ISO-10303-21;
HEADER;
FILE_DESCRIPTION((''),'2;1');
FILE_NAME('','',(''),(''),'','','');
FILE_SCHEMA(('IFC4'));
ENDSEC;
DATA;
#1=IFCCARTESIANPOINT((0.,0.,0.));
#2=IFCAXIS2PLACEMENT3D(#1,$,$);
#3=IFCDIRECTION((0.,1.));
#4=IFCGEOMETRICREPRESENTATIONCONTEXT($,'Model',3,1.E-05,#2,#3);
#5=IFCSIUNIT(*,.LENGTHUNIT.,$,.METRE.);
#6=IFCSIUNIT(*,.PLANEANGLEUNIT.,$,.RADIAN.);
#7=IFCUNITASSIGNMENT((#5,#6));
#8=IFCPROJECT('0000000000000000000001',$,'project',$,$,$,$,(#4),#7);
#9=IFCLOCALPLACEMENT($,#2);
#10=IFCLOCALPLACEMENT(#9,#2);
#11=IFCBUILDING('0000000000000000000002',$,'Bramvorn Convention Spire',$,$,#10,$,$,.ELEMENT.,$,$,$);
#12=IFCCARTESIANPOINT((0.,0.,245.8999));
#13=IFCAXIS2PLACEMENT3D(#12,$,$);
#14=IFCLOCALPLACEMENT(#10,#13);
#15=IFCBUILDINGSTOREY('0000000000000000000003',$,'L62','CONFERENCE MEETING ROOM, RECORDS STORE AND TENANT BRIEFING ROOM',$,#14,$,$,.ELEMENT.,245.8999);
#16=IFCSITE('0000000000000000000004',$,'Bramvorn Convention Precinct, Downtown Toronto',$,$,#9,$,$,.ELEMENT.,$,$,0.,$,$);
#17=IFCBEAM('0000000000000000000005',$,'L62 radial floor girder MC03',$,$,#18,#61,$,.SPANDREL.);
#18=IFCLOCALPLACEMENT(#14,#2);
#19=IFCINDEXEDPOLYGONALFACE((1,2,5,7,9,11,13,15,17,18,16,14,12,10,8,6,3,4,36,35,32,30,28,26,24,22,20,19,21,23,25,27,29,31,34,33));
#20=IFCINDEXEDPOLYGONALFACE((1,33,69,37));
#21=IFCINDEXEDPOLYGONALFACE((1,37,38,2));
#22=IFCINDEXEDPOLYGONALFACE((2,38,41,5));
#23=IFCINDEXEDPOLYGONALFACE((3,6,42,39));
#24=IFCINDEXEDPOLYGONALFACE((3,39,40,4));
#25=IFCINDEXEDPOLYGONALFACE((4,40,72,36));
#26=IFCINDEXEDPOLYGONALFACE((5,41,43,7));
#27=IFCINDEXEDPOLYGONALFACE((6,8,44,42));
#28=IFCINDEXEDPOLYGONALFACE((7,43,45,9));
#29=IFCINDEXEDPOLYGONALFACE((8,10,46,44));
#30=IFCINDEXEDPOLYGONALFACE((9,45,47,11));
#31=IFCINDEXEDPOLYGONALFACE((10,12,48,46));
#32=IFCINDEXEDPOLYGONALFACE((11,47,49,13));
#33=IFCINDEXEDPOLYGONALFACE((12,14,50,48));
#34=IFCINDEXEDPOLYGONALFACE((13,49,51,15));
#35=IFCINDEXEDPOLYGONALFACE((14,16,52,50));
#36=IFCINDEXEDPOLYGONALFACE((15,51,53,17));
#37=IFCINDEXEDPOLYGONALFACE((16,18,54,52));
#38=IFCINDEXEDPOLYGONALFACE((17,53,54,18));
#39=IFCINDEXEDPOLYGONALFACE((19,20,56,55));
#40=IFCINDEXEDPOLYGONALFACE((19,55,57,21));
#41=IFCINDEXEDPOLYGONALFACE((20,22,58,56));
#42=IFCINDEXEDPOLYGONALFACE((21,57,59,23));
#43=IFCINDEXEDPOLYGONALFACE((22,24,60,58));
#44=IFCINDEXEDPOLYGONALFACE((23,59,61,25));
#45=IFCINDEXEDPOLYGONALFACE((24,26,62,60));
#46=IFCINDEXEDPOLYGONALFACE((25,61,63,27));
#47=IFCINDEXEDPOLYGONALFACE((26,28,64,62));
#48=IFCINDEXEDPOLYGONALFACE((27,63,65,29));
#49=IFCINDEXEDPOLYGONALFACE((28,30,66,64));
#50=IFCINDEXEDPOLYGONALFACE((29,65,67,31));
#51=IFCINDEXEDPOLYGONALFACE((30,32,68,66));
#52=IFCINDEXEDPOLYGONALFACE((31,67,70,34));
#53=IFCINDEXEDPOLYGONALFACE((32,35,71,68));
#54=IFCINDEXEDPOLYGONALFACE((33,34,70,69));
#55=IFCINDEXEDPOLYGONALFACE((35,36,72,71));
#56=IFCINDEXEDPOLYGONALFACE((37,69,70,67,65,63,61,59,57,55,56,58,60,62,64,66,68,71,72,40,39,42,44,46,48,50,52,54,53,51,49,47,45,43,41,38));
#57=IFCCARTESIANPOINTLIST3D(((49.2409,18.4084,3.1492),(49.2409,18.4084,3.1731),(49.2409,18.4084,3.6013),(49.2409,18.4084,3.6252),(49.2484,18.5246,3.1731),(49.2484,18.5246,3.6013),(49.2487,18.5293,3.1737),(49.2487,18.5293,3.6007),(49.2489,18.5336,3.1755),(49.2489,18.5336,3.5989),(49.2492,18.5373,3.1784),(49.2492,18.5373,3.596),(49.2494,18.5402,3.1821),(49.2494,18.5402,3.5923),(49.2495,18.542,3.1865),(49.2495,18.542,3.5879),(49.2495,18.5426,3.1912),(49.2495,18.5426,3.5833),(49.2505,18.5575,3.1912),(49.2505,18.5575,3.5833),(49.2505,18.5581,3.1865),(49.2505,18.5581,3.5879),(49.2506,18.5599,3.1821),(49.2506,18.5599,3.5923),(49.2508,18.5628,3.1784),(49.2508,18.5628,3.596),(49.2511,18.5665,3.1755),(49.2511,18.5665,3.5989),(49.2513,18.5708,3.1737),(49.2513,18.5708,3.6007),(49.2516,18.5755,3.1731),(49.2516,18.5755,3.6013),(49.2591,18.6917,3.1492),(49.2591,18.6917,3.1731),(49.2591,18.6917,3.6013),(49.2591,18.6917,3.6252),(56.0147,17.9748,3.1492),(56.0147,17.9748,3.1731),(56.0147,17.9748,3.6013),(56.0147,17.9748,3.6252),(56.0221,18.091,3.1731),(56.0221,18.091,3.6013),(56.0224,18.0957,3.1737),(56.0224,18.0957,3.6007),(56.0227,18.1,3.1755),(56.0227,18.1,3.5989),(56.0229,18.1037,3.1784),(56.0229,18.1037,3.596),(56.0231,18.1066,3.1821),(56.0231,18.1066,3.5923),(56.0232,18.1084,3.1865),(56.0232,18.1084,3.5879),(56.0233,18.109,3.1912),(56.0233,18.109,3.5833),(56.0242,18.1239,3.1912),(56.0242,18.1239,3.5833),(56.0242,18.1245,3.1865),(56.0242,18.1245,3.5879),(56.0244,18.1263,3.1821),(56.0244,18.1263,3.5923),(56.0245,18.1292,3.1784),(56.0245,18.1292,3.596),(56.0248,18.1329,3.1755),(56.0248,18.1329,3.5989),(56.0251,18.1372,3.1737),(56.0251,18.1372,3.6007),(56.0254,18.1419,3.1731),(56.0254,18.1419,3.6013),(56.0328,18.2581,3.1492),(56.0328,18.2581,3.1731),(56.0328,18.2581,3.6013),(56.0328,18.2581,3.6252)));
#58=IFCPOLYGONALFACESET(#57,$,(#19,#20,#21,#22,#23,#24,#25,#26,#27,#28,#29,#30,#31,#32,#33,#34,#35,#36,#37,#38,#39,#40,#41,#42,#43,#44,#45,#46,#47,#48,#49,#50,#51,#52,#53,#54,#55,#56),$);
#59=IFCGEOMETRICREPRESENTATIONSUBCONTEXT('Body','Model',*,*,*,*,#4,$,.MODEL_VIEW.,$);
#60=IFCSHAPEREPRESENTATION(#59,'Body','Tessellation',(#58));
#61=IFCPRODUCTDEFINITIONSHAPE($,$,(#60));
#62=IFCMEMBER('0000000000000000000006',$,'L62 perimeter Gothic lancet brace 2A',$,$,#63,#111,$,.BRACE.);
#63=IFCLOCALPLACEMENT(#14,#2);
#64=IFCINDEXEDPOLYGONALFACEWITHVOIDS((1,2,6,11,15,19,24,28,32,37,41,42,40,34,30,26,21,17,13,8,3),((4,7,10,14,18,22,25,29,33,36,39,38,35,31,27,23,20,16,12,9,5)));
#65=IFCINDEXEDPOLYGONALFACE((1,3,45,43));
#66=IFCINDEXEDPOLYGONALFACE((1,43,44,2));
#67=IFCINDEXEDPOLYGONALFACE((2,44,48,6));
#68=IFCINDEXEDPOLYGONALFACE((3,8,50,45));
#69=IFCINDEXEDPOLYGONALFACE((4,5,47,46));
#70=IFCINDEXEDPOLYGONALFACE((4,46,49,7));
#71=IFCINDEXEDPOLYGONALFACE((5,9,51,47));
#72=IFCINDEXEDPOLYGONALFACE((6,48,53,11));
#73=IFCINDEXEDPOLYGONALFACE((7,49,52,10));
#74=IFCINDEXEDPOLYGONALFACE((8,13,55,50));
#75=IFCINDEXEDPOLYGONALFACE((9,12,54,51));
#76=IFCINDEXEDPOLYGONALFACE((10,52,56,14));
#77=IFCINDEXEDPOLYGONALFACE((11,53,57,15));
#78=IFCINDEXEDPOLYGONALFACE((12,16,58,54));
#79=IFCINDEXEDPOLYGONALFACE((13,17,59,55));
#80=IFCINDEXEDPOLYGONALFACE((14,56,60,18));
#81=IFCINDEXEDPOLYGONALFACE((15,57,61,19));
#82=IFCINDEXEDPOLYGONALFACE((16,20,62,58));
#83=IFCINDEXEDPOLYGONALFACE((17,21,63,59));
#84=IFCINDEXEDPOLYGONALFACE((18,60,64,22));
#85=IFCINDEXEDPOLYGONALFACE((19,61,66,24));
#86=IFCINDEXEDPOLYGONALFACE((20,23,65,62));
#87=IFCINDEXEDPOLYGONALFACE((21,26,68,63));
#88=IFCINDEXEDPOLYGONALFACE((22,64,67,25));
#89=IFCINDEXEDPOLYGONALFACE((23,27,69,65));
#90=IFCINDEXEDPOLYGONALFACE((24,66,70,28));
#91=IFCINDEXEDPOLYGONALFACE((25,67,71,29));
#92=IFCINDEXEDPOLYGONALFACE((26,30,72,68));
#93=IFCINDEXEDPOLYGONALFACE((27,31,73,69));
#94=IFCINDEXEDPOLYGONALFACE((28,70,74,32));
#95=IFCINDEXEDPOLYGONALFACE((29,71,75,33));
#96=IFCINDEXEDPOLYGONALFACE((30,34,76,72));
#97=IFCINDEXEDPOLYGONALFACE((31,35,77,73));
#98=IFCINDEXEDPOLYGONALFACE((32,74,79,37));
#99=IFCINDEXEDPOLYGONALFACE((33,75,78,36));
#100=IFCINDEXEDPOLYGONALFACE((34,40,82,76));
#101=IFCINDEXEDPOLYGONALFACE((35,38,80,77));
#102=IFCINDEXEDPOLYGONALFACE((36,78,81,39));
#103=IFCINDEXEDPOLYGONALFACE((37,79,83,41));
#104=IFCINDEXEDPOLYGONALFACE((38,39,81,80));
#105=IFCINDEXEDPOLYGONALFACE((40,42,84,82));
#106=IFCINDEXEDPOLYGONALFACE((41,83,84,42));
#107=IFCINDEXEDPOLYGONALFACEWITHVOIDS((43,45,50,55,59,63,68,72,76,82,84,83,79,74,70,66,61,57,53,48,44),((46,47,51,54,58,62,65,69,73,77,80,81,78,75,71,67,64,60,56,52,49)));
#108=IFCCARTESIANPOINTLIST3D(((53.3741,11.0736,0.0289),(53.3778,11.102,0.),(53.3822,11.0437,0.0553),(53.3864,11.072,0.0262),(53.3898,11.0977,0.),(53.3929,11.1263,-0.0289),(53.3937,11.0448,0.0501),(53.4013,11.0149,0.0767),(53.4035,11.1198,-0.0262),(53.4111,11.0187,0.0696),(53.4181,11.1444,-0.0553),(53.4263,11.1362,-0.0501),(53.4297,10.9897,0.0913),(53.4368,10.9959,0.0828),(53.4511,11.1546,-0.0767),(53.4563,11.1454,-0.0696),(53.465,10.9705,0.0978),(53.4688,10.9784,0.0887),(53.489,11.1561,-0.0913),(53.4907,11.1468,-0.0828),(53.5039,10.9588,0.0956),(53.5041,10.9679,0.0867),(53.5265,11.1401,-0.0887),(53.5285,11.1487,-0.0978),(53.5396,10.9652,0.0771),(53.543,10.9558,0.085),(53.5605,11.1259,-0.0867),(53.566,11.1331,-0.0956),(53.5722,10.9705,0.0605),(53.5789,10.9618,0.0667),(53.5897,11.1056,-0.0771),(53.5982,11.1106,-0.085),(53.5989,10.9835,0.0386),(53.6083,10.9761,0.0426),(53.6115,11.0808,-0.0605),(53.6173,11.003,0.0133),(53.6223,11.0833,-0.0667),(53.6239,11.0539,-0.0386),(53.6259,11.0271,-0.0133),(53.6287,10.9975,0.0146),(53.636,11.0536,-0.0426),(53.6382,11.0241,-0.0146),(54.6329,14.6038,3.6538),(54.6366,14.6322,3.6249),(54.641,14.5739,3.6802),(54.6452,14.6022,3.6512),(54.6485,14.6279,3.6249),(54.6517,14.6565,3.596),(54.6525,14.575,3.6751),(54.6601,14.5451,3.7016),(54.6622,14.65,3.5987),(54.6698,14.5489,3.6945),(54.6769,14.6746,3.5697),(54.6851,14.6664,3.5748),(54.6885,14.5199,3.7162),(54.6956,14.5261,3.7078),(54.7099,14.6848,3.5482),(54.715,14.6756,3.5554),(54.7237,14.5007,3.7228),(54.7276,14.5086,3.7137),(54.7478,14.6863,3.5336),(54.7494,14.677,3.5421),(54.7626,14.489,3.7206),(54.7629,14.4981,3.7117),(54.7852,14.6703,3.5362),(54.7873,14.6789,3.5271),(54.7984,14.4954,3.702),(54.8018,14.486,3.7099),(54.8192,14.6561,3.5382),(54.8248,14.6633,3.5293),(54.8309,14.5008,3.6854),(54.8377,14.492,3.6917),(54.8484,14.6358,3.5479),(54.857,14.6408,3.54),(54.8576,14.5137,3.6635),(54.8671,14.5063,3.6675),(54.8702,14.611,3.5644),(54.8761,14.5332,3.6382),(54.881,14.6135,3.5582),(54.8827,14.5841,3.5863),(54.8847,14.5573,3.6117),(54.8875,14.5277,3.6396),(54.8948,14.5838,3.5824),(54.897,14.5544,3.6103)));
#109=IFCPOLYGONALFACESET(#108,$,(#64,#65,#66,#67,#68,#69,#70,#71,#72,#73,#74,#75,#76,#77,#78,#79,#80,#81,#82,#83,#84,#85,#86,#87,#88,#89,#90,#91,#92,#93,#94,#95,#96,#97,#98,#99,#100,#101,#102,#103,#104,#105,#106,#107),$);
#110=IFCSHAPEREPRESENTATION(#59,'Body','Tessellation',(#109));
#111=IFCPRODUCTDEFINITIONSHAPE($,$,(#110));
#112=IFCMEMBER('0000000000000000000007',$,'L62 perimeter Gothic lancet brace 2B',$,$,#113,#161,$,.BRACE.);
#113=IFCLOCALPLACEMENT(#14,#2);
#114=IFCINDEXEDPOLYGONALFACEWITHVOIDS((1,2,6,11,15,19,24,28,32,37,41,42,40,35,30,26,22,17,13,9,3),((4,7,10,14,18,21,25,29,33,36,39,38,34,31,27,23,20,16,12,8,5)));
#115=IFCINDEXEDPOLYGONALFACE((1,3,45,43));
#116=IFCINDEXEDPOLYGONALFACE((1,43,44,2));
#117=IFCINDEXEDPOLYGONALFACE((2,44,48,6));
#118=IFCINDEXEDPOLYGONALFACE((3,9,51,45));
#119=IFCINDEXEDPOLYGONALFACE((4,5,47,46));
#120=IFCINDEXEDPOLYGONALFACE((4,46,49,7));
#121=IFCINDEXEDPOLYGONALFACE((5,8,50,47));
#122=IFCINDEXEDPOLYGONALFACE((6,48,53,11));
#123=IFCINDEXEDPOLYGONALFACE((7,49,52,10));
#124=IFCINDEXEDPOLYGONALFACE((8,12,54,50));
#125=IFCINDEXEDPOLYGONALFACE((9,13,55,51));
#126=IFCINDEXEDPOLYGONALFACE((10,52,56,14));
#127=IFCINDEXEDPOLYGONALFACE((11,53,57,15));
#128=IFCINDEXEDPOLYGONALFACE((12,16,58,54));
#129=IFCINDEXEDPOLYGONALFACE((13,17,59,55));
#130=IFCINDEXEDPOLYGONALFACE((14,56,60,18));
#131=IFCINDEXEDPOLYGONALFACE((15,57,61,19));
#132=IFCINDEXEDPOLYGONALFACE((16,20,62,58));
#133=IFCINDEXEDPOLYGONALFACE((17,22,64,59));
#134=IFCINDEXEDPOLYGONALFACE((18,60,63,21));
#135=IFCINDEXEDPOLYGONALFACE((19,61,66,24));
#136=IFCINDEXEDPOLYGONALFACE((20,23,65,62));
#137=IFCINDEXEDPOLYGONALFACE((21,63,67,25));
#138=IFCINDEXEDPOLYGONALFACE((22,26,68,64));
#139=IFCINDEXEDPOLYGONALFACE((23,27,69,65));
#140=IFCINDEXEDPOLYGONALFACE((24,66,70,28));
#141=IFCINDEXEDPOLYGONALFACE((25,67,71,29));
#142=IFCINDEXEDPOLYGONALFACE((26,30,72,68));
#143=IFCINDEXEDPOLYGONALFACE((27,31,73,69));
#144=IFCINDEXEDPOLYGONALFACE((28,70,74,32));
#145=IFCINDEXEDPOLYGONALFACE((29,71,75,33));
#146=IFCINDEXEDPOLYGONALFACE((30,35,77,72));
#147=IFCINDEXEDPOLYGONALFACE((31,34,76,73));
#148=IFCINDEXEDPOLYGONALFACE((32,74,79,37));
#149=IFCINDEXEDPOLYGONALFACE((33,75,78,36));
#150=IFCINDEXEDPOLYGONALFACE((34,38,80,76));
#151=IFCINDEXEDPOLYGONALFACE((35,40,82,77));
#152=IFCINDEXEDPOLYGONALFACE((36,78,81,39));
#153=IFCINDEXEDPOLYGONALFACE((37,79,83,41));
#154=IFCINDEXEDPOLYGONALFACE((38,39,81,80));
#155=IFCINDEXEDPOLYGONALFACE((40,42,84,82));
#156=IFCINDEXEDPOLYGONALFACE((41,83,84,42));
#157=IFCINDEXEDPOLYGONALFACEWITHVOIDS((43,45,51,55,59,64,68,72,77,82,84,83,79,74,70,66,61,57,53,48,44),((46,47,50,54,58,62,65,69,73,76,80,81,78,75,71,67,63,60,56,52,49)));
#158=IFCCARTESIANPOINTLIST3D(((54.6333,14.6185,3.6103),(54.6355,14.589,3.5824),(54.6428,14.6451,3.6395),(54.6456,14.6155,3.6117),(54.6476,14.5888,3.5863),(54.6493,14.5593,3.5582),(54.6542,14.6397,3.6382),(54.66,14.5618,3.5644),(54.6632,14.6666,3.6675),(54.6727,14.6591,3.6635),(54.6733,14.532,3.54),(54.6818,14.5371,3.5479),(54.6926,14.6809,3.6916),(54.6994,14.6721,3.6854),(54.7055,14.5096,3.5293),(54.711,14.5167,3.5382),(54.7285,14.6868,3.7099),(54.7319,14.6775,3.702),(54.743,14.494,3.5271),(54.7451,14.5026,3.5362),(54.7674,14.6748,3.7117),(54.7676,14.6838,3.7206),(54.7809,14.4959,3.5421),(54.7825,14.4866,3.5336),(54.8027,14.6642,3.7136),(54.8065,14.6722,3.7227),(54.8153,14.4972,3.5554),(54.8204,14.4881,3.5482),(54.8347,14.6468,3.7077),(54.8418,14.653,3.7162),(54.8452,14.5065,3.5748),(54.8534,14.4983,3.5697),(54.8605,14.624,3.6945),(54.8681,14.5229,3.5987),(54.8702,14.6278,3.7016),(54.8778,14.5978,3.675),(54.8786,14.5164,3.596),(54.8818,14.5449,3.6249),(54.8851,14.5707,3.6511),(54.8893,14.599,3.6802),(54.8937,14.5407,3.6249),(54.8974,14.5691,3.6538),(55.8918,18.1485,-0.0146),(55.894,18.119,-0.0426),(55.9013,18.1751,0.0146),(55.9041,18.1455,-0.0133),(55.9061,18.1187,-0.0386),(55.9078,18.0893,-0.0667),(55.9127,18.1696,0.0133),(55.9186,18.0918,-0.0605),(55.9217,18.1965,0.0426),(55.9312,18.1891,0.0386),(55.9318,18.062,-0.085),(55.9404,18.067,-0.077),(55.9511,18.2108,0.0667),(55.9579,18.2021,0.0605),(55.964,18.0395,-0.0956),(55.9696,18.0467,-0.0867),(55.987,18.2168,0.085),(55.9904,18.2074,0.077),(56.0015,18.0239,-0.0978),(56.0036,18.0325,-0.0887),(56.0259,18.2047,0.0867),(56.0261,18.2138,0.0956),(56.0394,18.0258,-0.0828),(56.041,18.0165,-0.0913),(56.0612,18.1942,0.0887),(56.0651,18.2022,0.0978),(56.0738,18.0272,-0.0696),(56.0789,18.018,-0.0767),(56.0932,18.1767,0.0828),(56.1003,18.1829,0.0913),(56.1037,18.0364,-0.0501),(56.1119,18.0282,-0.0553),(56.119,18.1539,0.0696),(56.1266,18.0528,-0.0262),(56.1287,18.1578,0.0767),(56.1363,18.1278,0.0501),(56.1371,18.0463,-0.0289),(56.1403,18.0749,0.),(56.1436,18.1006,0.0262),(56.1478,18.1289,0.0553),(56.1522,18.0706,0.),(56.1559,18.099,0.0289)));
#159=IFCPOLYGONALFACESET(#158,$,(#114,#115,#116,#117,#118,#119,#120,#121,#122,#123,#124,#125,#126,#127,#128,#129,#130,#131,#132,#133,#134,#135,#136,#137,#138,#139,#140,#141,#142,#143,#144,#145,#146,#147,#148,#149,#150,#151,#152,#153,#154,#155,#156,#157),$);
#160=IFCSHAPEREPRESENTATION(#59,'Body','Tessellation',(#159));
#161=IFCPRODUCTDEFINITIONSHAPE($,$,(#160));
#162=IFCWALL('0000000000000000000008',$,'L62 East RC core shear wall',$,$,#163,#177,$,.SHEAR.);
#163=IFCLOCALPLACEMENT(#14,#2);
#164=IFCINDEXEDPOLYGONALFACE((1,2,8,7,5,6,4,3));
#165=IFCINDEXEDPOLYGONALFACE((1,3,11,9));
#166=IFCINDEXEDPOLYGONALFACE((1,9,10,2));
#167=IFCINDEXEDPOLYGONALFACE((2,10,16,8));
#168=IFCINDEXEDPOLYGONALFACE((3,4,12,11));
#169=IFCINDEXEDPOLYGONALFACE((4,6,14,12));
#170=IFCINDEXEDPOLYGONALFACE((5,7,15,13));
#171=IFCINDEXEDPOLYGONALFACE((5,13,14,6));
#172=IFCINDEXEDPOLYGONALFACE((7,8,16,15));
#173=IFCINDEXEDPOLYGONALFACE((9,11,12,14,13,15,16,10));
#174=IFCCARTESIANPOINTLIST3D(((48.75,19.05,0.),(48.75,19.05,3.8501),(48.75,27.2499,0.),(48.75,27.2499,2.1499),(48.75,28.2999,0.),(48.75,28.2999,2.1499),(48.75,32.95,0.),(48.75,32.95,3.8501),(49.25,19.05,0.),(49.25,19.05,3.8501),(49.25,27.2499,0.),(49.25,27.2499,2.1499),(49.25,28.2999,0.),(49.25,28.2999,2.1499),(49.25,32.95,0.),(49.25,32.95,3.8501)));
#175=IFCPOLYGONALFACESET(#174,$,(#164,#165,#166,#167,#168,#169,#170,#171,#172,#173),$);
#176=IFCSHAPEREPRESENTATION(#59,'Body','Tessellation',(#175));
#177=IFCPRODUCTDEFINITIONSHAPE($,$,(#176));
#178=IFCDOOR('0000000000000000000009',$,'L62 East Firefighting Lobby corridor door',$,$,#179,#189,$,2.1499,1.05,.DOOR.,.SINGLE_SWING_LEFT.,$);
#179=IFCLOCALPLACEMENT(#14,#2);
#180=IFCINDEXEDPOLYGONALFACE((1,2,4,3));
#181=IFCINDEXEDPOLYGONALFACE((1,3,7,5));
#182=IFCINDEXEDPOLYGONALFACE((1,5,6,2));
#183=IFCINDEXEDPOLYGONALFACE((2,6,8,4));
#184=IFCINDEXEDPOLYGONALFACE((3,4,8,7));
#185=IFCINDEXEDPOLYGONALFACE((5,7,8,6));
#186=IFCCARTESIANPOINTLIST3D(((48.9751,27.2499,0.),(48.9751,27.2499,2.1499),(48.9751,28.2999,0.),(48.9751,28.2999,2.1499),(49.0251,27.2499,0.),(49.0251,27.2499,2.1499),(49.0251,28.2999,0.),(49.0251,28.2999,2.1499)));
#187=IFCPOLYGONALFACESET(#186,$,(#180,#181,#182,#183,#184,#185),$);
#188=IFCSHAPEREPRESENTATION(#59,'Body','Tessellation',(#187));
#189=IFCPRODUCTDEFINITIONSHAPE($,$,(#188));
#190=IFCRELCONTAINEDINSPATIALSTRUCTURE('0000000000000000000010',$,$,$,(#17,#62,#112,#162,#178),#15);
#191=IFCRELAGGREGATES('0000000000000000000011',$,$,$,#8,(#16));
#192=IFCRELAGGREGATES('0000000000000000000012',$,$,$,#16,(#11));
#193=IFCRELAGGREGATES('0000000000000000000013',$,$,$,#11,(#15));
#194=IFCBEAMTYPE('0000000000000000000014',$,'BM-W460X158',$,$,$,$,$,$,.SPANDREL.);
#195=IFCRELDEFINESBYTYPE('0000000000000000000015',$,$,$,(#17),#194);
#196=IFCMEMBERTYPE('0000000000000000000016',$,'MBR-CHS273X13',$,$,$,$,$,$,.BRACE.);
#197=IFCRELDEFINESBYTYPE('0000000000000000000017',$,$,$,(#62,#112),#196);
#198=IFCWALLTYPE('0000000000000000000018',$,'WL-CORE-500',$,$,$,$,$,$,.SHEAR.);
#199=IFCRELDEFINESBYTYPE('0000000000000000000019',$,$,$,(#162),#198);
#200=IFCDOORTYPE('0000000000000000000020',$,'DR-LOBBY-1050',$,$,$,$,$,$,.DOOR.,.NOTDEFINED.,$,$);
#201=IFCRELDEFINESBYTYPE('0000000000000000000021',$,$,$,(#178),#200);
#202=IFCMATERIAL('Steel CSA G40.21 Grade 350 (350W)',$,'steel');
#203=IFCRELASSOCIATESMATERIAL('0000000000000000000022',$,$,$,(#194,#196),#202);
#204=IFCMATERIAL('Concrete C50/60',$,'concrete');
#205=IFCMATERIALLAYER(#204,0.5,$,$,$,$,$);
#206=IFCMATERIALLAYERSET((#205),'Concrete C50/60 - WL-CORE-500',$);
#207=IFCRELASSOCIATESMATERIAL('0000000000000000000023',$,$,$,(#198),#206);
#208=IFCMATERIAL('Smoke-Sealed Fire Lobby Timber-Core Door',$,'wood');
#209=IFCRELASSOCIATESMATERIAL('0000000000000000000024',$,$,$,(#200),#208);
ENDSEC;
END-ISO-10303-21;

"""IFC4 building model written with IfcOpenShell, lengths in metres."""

from ifc_helpers import new_model, si_unit, direction, frame, frame_2d, origin, origin_2d, place, context, subcontext, project, spatial, rectangle, hollow_circle, i_section, extrude, material, layer, layer_set, material_profile, profile_set, type_object, element, fill, save


model = new_model("IFC4")

# Units and contexts
model_context = context("Model", 3, precision=1e-05, world=origin(), true_north=direction((0.0, 1.0)))
body_context = subcontext(model_context, "Body", "Model", "MODEL_VIEW")
ifc_project = project(units=[si_unit("LENGTHUNIT", "METRE"), si_unit("PLANEANGLEUNIT", "RADIAN")], contexts=[model_context])

# Site, building, storey
site_placement = place(None, origin())
site = spatial("IfcSite", under=ifc_project, at=site_placement, Name="Bramvorn Convention Precinct, Downtown Toronto", CompositionType="ELEMENT", RefElevation=0.0)
building_placement = place(site_placement, origin())
building = spatial("IfcBuilding", under=site, at=building_placement, Name="Bramvorn Convention Spire", CompositionType="ELEMENT")
storey_placement = place(building_placement, frame((0.0, 0.0, 245.8999)))
storey = spatial("IfcBuildingStorey", under=building, at=storey_placement, Name="L62", Description="CONFERENCE MEETING ROOM, RECORDS STORE AND TENANT BRIEFING ROOM", CompositionType="ELEMENT", Elevation=245.8999)

# Shared definitions
ifc_material_1 = material(Name="Steel CSA G40.21 Grade 350 (350W)", Category="steel")

# Beam
ifc_material_profile_1 = material_profile(ifc_material_1, i_section(OverallWidth=0.2839, OverallDepth=0.4761, WebThickness=0.0149, FlangeThickness=0.0239, FilletRadius=0.0181, at=origin_2d()))
ifc_profile_set_1 = profile_set([ifc_material_profile_1], Name="Steel CSA G40.21 Grade 350 (350W) - W460X158")
beam_type_1 = type_object("IfcBeamType", Name="BM-W460X158", PredefinedType="SPANDREL", material=ifc_profile_set_1)
beam_1_placement = place(storey_placement, frame((49.25, 18.55, 3.3872), z_axis=(0.997958, -0.063881, 0.0), x_axis=(0.063881, 0.997958, 0.0)))
element("IfcBeam", 1, at=beam_1_placement, inside=storey, type_object=beam_type_1, Name="L62 radial floor girder MC03", PredefinedType="SPANDREL", context=body_context, shape_type="SweptSolid", body=[
    extrude(i_section(OverallWidth=0.2839, OverallDepth=0.4761, WebThickness=0.0149, FlangeThickness=0.0239, FilletRadius=0.0181, at=origin_2d()), origin(), (0.0, 0.0, 1.0), 6.7876),
])

# Members
ifc_material_profile_2 = material_profile(ifc_material_1, hollow_circle(Radius=0.1365, WallThickness=0.0127, at=origin_2d()))
ifc_profile_set_2 = profile_set([ifc_material_profile_2], Name="Steel CSA G40.21 Grade 350 (350W) - CHS273X13")
member_type = type_object("IfcMemberType", Name="MBR-CHS273X13", PredefinedType="BRACE", material=ifc_profile_set_2)
member_1_placement = place(storey_placement, frame((53.5063, 11.0562, 0.0), z_axis=(0.241415, 0.677048, 0.695215), x_axis=(-0.941913, 0.335858, 0.0)))
element("IfcMember", 2, at=member_1_placement, inside=storey, type_object=member_type, Name="L62 perimeter Gothic lancet brace 2A", PredefinedType="BRACE", context=body_context, shape_type="SweptSolid", body=[
    extrude(hollow_circle(Radius=0.1365, WallThickness=0.0127, at=origin_2d()), origin(), (0.0, 0.0, 1.0), 5.2141),
])
member_2_placement = place(storey_placement, frame((56.0237, 18.1165, 0.0), z_axis=(-0.241379, -0.677031, 0.695245), x_axis=(0.941926, -0.33582, 0.0)))
element("IfcMember", 3, at=member_2_placement, inside=storey, type_object=member_type, Name="L62 perimeter Gothic lancet brace 2B", PredefinedType="BRACE", context=body_context, shape_type="SweptSolid", body=[
    extrude(hollow_circle(Radius=0.1365, WallThickness=0.0127, at=origin_2d()), origin(), (0.0, 0.0, 1.0), 5.2139),
])

# Wall, opening, door
ifc_material_2 = material(Name="Concrete C50/60", Category="concrete")
ifc_layer_1 = layer(ifc_material_2, 0.5)
ifc_layer_set_1 = layer_set([ifc_layer_1], Name="Concrete C50/60 - WL-CORE-500")
wall_type_1 = type_object("IfcWallType", Name="WL-CORE-500", PredefinedType="SHEAR", material=ifc_layer_set_1)
wall_1_placement = place(storey_placement, frame((49.0, 19.05, 0.0), z_axis=(0.0, 0.0, 1.0), x_axis=(0.0, 1.0, 0.0)))
wall_1 = element("IfcWall", 4, at=wall_1_placement, inside=storey, type_object=wall_type_1, Name="L62 East RC core shear wall", PredefinedType="SHEAR", context=body_context, shape_type="SweptSolid", body=[
    extrude(rectangle(XDim=13.8999, YDim=0.5, at=frame_2d((6.95, 0.0))), origin(), (0.0, 0.0, 1.0), 3.8501),
])
opening_placement = place(wall_1_placement, frame((8.2, 0.0, 0.0)))
opening = element("IfcOpeningElement", 5, at=opening_placement, cuts=wall_1, PredefinedType="OPENING", context=body_context, shape_type="SweptSolid", body=[
    extrude(rectangle(XDim=1.05, YDim=2.1499, at=frame_2d((0.5249, 1.075))), frame((0.0, 0.26, 0.0), z_axis=(0.0, -1.0, 0.0), x_axis=(1.0, 0.0, 0.0)), (0.0, 0.0, 1.0), 0.52),
])
ifc_material_3 = material(Name="Smoke-Sealed Fire Lobby Timber-Core Door", Category="wood")
door_type = type_object("IfcDoorType", Name="DR-LOBBY-1050", OperationType="NOTDEFINED", PredefinedType="DOOR", material=ifc_material_3)
door_placement = place(opening_placement, origin())
door = element("IfcDoor", 6, at=door_placement, inside=storey, type_object=door_type, Name="L62 East Firefighting Lobby corridor door", OperationType="SINGLE_SWING_LEFT", OverallHeight=2.1499, OverallWidth=1.05, PredefinedType="DOOR", context=body_context, shape_type="SweptSolid", body=[
    extrude(rectangle(XDim=1.05, YDim=2.1499, at=frame_2d((0.5249, 1.075))), frame((0.0, 0.0249, 0.0), z_axis=(0.0, -1.0, 0.0), x_axis=(1.0, 0.0, 0.0)), (0.0, 0.0, 1.0), 0.05),
])
fill(opening, door)

save(model, "model.ifc")
